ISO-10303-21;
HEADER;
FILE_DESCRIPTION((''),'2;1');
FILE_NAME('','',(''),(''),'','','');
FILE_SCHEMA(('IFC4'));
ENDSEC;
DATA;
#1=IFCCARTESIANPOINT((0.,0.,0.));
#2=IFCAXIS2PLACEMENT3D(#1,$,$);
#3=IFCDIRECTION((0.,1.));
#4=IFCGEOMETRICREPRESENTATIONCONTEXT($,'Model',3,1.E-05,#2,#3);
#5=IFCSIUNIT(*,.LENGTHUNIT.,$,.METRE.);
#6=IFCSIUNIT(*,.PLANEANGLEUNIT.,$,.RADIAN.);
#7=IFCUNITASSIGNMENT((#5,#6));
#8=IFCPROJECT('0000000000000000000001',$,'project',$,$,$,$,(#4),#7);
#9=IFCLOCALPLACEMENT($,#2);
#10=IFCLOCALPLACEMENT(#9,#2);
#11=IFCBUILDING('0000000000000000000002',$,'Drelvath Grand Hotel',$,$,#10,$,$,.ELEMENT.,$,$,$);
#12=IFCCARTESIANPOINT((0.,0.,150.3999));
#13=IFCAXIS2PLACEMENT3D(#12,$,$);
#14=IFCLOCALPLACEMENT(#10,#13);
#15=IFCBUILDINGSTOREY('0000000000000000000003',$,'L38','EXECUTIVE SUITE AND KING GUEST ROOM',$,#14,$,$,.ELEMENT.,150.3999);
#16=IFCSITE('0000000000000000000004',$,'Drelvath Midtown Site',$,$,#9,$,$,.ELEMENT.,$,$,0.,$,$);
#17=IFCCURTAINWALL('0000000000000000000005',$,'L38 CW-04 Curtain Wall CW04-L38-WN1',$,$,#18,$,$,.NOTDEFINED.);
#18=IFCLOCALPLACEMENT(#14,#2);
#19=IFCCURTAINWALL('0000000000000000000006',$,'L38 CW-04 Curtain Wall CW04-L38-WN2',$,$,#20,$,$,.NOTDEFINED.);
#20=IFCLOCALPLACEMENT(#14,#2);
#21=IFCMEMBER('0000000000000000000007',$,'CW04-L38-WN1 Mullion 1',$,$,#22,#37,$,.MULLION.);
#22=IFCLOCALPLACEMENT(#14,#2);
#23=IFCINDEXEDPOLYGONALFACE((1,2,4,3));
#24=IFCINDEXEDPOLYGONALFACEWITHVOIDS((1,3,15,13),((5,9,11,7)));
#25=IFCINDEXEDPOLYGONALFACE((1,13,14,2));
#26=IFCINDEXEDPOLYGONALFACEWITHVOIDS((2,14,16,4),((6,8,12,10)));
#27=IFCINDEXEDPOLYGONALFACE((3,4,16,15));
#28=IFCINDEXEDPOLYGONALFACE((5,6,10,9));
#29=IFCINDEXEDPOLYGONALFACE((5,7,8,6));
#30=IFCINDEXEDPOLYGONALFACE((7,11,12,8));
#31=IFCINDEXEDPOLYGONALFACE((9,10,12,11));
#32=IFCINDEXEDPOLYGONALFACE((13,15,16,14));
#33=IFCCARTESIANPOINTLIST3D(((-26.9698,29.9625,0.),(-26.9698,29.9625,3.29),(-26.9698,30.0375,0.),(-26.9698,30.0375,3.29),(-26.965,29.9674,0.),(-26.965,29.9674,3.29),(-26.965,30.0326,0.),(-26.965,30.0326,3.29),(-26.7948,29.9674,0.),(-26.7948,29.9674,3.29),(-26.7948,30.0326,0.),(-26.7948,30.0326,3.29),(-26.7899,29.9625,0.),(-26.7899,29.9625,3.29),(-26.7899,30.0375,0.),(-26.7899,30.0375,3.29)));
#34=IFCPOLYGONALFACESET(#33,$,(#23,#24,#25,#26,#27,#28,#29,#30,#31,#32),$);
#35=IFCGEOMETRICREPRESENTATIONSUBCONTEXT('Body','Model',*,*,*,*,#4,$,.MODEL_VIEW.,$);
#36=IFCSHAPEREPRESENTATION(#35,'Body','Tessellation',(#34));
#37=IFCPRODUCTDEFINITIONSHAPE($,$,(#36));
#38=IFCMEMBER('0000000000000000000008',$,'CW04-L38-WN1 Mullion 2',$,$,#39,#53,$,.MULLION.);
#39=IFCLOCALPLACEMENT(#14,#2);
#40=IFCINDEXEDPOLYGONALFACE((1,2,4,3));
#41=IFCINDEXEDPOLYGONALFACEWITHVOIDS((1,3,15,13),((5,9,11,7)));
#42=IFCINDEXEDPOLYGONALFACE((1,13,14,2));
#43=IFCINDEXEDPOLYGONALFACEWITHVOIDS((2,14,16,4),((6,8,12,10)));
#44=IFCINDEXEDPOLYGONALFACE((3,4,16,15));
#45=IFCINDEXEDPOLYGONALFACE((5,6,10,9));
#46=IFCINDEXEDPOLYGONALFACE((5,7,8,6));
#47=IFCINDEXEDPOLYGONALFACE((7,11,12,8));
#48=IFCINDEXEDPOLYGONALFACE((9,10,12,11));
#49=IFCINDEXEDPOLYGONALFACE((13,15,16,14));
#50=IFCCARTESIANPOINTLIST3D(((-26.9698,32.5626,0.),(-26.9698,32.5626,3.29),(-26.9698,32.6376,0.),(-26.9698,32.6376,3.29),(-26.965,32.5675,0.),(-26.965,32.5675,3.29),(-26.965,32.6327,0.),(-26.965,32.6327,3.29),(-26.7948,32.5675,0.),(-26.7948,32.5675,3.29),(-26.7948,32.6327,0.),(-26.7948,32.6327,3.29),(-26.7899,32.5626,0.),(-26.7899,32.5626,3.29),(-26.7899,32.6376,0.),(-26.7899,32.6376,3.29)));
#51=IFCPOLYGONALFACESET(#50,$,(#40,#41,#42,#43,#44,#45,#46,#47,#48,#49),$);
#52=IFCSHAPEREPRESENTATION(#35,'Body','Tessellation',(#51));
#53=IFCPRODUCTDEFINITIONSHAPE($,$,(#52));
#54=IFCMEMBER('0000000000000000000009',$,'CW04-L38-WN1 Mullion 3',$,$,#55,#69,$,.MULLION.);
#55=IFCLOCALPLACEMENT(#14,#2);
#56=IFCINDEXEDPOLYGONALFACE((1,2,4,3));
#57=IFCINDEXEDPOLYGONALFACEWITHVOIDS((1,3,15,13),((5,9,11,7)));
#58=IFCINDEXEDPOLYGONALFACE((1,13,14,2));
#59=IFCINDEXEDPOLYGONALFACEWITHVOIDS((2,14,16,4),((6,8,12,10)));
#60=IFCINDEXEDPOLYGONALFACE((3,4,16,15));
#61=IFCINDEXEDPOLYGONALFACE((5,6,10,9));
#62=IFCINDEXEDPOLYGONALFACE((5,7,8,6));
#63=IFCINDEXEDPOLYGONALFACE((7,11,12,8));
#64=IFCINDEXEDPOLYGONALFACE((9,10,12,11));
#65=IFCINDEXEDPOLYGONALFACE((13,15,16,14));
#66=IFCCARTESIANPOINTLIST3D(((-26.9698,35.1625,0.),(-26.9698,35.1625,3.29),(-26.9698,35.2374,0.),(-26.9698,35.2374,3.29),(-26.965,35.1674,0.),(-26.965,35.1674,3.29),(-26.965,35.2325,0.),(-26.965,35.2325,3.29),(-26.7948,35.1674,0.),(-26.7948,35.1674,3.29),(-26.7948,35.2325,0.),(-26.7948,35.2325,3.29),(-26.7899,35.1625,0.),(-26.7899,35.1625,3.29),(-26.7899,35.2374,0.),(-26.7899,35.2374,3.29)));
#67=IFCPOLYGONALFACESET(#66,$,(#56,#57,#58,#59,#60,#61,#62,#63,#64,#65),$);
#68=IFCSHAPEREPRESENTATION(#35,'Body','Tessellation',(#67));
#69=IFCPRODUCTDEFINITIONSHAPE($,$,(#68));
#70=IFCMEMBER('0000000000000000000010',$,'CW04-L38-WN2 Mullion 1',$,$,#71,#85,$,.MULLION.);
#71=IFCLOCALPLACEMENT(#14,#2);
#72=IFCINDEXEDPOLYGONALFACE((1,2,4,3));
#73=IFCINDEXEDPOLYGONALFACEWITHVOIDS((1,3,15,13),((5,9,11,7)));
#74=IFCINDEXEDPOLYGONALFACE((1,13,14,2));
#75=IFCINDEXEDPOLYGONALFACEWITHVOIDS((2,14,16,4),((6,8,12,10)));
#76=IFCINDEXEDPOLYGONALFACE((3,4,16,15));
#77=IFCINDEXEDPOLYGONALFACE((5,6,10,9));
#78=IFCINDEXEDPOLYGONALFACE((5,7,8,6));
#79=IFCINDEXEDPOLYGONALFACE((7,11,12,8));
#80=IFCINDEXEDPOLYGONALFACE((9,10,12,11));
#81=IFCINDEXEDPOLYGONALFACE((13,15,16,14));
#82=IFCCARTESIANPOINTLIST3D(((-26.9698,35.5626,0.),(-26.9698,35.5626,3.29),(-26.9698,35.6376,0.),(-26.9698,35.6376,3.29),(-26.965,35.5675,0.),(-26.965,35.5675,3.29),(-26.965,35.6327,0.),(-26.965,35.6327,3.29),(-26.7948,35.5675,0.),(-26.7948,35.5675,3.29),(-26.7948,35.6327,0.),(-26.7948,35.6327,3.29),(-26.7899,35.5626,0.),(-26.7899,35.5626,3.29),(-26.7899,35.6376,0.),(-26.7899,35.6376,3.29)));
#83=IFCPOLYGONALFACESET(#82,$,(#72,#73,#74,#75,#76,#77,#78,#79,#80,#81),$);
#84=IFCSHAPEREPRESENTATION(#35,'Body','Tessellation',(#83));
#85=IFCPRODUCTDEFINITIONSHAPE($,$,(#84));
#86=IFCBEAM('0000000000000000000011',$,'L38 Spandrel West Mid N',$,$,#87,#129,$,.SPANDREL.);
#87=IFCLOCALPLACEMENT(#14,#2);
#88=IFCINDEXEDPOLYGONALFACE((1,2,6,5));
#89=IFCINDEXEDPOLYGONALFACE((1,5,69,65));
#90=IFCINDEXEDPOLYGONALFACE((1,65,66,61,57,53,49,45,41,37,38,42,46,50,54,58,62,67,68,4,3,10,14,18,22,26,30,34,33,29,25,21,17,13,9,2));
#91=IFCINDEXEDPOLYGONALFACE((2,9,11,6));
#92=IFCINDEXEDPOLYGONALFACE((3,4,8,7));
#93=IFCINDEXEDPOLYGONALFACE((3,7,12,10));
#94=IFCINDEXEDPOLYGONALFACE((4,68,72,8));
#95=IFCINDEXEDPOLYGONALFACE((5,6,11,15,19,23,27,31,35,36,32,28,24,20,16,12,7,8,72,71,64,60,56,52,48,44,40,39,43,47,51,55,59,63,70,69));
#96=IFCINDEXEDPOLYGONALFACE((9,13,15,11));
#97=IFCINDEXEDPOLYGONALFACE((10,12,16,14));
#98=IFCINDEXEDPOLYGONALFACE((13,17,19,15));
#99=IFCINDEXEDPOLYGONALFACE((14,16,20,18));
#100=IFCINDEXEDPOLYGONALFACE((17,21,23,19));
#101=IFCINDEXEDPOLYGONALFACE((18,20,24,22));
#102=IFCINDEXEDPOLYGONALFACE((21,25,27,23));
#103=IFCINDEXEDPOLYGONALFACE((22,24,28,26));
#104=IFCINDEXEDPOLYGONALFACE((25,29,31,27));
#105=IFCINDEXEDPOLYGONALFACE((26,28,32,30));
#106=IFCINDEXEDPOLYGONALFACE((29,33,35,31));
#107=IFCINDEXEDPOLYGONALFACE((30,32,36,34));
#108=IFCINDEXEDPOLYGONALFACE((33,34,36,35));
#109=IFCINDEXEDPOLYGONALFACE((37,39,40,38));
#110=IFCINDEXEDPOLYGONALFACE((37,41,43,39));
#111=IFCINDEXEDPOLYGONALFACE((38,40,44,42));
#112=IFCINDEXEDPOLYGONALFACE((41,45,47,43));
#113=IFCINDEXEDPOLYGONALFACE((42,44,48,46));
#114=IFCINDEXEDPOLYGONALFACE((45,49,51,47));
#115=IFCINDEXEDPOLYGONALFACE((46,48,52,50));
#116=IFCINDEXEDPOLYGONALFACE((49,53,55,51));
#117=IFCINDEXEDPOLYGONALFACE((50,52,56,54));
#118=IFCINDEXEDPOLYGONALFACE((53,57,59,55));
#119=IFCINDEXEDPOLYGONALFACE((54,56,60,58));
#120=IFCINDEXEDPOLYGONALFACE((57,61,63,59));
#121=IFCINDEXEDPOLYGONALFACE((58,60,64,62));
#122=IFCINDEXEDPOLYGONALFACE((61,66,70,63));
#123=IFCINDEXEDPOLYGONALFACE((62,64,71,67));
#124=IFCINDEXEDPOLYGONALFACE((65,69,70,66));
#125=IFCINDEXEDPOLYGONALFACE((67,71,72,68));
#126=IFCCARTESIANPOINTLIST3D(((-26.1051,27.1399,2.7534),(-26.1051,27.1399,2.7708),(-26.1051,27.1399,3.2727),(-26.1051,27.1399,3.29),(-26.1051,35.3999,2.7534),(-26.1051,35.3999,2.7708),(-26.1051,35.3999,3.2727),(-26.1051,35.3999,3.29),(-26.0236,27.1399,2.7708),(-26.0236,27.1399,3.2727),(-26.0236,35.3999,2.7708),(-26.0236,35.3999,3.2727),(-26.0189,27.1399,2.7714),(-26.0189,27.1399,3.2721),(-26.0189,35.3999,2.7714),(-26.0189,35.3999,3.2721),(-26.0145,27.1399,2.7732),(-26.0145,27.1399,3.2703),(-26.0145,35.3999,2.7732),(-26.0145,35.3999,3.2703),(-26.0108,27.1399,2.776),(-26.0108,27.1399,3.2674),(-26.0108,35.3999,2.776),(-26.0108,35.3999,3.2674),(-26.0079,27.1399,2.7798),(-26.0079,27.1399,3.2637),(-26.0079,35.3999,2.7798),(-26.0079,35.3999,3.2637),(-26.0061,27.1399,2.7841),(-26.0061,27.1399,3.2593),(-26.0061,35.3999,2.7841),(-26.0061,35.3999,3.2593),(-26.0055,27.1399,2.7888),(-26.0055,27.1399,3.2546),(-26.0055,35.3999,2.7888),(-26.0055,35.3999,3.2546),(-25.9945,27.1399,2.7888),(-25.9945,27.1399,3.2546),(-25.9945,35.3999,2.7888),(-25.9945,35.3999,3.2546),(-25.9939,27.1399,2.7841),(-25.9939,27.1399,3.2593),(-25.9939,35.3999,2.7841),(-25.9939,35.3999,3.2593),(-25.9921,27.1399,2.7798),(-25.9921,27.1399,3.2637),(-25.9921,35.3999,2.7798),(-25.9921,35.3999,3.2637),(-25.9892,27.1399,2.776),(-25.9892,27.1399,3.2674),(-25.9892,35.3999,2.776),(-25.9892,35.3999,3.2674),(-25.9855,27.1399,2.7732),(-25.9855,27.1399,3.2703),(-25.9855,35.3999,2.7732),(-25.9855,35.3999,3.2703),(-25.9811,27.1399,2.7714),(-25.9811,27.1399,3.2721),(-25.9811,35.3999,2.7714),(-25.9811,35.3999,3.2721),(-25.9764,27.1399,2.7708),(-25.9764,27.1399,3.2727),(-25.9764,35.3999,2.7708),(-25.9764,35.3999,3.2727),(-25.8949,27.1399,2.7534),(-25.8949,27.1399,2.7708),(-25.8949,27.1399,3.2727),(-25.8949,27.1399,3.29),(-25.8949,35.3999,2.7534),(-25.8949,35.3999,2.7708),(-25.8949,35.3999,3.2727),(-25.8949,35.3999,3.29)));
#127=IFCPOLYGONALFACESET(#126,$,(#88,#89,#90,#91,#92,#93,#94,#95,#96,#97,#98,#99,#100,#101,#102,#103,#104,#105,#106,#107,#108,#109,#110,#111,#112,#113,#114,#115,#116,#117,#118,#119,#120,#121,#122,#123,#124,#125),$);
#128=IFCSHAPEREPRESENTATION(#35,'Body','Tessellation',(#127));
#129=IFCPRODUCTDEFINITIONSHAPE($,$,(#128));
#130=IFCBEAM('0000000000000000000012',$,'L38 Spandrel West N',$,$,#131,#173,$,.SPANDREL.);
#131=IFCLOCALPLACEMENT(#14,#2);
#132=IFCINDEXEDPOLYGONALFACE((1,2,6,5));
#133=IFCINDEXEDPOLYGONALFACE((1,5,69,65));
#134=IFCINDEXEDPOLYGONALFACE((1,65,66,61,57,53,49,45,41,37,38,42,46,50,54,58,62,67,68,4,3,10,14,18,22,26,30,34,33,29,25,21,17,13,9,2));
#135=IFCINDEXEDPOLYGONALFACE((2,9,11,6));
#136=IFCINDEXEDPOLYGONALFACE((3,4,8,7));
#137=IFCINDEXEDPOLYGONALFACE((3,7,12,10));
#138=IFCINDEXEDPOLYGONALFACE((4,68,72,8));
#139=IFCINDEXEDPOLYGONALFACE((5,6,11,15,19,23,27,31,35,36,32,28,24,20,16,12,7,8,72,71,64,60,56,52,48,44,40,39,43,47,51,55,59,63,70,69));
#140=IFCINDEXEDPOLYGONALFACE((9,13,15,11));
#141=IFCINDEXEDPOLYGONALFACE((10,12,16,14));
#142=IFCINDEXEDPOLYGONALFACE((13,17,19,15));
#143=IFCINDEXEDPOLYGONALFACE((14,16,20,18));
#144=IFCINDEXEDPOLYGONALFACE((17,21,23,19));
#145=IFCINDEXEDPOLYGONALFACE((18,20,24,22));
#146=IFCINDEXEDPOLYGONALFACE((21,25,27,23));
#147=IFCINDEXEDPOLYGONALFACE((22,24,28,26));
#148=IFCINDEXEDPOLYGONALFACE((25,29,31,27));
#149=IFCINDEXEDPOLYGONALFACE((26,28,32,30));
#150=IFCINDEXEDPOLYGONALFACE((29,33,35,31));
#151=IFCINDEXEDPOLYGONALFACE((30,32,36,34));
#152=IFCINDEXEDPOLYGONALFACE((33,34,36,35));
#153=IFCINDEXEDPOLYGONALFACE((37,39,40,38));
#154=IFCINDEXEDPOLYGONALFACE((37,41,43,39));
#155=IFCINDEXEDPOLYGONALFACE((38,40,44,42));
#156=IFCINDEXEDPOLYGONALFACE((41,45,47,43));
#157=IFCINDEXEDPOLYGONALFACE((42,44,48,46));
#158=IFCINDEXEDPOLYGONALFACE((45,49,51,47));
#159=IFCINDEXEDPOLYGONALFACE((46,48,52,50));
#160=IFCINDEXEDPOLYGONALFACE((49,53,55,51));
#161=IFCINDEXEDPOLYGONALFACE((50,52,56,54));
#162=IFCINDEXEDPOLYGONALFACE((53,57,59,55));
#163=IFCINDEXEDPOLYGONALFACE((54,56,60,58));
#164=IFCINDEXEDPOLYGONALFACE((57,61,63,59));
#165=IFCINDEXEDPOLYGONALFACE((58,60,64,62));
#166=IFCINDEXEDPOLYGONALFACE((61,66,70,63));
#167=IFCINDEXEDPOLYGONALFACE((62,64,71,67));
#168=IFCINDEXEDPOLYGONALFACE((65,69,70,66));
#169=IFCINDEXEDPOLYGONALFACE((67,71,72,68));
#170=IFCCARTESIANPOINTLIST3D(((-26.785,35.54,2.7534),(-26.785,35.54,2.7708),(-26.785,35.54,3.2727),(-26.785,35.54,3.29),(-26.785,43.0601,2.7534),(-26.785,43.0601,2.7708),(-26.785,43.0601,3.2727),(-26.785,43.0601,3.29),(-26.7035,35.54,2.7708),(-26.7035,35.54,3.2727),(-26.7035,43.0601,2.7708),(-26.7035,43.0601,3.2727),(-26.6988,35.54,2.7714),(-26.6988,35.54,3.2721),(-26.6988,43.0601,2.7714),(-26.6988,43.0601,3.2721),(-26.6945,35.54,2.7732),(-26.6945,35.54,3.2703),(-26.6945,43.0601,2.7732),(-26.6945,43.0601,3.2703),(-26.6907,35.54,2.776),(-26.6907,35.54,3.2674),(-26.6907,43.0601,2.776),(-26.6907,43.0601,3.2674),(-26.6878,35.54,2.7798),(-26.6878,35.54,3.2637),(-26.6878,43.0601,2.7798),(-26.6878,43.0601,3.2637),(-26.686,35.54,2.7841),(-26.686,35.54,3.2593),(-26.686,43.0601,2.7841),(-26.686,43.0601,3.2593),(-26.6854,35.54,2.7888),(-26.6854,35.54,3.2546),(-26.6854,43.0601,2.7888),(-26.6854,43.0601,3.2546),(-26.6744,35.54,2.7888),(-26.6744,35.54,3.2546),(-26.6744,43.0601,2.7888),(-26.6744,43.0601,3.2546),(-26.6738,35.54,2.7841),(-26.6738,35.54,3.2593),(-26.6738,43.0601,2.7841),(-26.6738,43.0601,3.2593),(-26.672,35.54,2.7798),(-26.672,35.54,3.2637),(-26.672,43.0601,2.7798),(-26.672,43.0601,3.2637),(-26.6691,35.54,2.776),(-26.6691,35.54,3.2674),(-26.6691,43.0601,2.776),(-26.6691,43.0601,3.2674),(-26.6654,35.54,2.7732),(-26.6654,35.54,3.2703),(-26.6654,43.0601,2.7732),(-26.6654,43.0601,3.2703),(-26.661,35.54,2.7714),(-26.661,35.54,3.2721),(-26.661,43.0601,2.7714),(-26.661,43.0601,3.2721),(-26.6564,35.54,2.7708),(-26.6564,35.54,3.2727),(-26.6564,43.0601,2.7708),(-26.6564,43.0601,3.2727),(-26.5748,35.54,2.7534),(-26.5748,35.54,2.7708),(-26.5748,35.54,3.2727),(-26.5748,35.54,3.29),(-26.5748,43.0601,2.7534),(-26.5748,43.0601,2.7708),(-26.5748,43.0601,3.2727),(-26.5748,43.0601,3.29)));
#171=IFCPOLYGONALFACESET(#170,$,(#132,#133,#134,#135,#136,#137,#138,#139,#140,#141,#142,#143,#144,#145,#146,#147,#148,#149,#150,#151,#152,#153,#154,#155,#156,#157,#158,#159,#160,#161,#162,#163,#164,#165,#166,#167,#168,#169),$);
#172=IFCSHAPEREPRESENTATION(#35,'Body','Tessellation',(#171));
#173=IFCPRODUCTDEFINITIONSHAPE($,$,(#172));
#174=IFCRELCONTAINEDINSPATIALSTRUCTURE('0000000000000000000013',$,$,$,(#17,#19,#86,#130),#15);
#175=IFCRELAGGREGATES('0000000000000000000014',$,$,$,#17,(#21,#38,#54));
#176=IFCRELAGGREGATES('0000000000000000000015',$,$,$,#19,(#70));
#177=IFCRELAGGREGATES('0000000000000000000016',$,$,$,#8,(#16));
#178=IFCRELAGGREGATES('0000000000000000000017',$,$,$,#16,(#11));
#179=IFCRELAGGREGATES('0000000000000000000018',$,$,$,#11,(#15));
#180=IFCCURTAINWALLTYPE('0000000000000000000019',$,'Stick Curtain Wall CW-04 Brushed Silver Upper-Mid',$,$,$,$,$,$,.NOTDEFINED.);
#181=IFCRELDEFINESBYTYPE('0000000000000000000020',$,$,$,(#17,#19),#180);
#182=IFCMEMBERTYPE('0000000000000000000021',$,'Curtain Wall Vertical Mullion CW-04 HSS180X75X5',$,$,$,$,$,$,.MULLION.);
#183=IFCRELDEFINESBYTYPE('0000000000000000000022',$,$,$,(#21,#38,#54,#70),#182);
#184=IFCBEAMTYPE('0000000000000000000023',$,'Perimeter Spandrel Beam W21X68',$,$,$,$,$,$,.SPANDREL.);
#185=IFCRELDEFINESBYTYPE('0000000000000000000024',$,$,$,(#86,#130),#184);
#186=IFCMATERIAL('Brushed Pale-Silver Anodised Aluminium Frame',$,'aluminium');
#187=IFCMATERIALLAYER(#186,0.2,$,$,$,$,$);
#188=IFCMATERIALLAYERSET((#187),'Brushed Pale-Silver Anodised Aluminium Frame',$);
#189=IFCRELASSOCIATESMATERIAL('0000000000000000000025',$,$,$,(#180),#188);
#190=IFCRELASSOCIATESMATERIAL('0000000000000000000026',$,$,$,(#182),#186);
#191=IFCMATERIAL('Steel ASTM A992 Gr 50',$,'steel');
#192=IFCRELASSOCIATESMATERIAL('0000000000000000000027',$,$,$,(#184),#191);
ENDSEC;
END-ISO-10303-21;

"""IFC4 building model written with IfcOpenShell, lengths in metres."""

from ifc_helpers import new_model, si_unit, direction, frame, origin, origin_2d, place, context, subcontext, project, spatial, hollow_rectangle, i_section, extrude, material, layer, layer_set, material_profile, profile_set, type_object, element, aggregate, save


model = new_model("IFC4")

# Units and contexts
model_context = context("Model", 3, precision=1e-05, world=origin(), true_north=direction((0.0, 1.0)))
body_context = subcontext(model_context, "Body", "Model", "MODEL_VIEW")
ifc_project = project(units=[si_unit("LENGTHUNIT", "METRE"), si_unit("PLANEANGLEUNIT", "RADIAN")], contexts=[model_context])

# Site, building, storey
site_placement = place(None, origin())
site = spatial("IfcSite", under=ifc_project, at=site_placement, Name="Drelvath Midtown Site", CompositionType="ELEMENT", RefElevation=0.0)
building_placement = place(site_placement, origin())
building = spatial("IfcBuilding", under=site, at=building_placement, Name="Drelvath Grand Hotel", CompositionType="ELEMENT")
storey_placement = place(building_placement, frame((0.0, 0.0, 150.3999)))
storey = spatial("IfcBuildingStorey", under=building, at=storey_placement, Name="L38", Description="EXECUTIVE SUITE AND KING GUEST ROOM", CompositionType="ELEMENT", Elevation=150.3999)

# Curtain walls
ifc_material_1 = material(Name="Brushed Pale-Silver Anodised Aluminium Frame", Category="aluminium")
ifc_layer_1 = layer(ifc_material_1, 0.2)
ifc_layer_set_1 = layer_set([ifc_layer_1], Name="Brushed Pale-Silver Anodised Aluminium Frame")
curtain_wall_type = type_object("IfcCurtainWallType", Name="Stick Curtain Wall CW-04 Brushed Silver Upper-Mid", PredefinedType="NOTDEFINED", material=ifc_layer_set_1)
curtain_wall_1_placement = place(storey_placement, origin())
curtain_wall_1 = element("IfcCurtainWall", 1, at=curtain_wall_1_placement, inside=storey, type_object=curtain_wall_type, Name="L38 CW-04 Curtain Wall CW04-L38-WN1", PredefinedType="NOTDEFINED")
curtain_wall_2_placement = place(storey_placement, origin())
curtain_wall_2 = element("IfcCurtainWall", 2, at=curtain_wall_2_placement, inside=storey, type_object=curtain_wall_type, Name="L38 CW-04 Curtain Wall CW04-L38-WN2", PredefinedType="NOTDEFINED")

# Members
ifc_material_profile_1 = material_profile(ifc_material_1, hollow_rectangle(XDim=0.075, YDim=0.1799, WallThickness=0.0049, at=origin_2d()), Name="HSS180X75X5")
ifc_profile_set_1 = profile_set([ifc_material_profile_1], Name="Brushed Pale-Silver Anodised Aluminium Frame")
member_type_1 = type_object("IfcMemberType", Name="Curtain Wall Vertical Mullion CW-04 HSS180X75X5", PredefinedType="MULLION", material=ifc_profile_set_1)
member_1_placement = place(storey_placement, frame((-26.8799, 30.0, 0.0), z_axis=(0.0, 0.0, 1.0), x_axis=(0.0, 1.0, 0.0)))
member_1 = element("IfcMember", 3, at=member_1_placement, type_object=member_type_1, Name="CW04-L38-WN1 Mullion 1", PredefinedType="MULLION", context=body_context, shape_type="SweptSolid", body=[
    extrude(hollow_rectangle(XDim=0.075, YDim=0.1799, WallThickness=0.0049, at=origin_2d()), origin(), (0.0, 0.0, 1.0), 3.29),
])
member_2_placement = place(storey_placement, frame((-26.8799, 32.6001, 0.0), z_axis=(0.0, 0.0, 1.0), x_axis=(0.0, 1.0, 0.0)))
member_2 = element("IfcMember", 4, at=member_2_placement, type_object=member_type_1, Name="CW04-L38-WN1 Mullion 2", PredefinedType="MULLION", context=body_context, shape_type="SweptSolid", body=[
    extrude(hollow_rectangle(XDim=0.075, YDim=0.1799, WallThickness=0.0049, at=origin_2d()), origin(), (0.0, 0.0, 1.0), 3.29),
])
member_3_placement = place(storey_placement, frame((-26.8799, 35.2, 0.0), z_axis=(0.0, 0.0, 1.0), x_axis=(0.0, 1.0, 0.0)))
member_3 = element("IfcMember", 5, at=member_3_placement, type_object=member_type_1, Name="CW04-L38-WN1 Mullion 3", PredefinedType="MULLION", context=body_context, shape_type="SweptSolid", body=[
    extrude(hollow_rectangle(XDim=0.075, YDim=0.1799, WallThickness=0.0049, at=origin_2d()), origin(), (0.0, 0.0, 1.0), 3.29),
])
member_4_placement = place(storey_placement, frame((-26.8799, 35.6001, 0.0), z_axis=(0.0, 0.0, 1.0), x_axis=(0.0, 1.0, 0.0)))
member_4 = element("IfcMember", 6, at=member_4_placement, type_object=member_type_1, Name="CW04-L38-WN2 Mullion 1", PredefinedType="MULLION", context=body_context, shape_type="SweptSolid", body=[
    extrude(hollow_rectangle(XDim=0.075, YDim=0.1799, WallThickness=0.0049, at=origin_2d()), origin(), (0.0, 0.0, 1.0), 3.29),
])

# Beams
ifc_material_2 = material(Name="Steel ASTM A992 Gr 50", Category="steel")
ifc_material_profile_2 = material_profile(ifc_material_2, i_section(OverallWidth=0.2102, OverallDepth=0.5366, WebThickness=0.011, FlangeThickness=0.0173, FilletRadius=0.0181, at=origin_2d()), Name="W21X68")
ifc_profile_set_2 = profile_set([ifc_material_profile_2], Name="Steel ASTM A992 Gr 50")
beam_type_1 = type_object("IfcBeamType", Name="Perimeter Spandrel Beam W21X68", PredefinedType="SPANDREL", material=ifc_profile_set_2)
beam_1_placement = place(storey_placement, frame((-26.0, 27.1399, 3.0217), z_axis=(0.0, 1.0, 0.0), x_axis=(-1.0, 0.0, 0.0)))
element("IfcBeam", 7, at=beam_1_placement, inside=storey, type_object=beam_type_1, Name="L38 Spandrel West Mid N", PredefinedType="SPANDREL", context=body_context, shape_type="SweptSolid", body=[
    extrude(i_section(OverallWidth=0.2102, OverallDepth=0.5366, WebThickness=0.011, FlangeThickness=0.0173, FilletRadius=0.0181, at=origin_2d()), origin(), (0.0, 0.0, 1.0), 8.26),
])
beam_2_placement = place(storey_placement, frame((-26.6799, 35.54, 3.0217), z_axis=(0.0, 1.0, 0.0), x_axis=(-1.0, 0.0, 0.0)))
element("IfcBeam", 8, at=beam_2_placement, inside=storey, type_object=beam_type_1, Name="L38 Spandrel West N", PredefinedType="SPANDREL", context=body_context, shape_type="SweptSolid", body=[
    extrude(i_section(OverallWidth=0.2102, OverallDepth=0.5366, WebThickness=0.011, FlangeThickness=0.0173, FilletRadius=0.0181, at=origin_2d()), origin(), (0.0, 0.0, 1.0), 7.52),
])

aggregate(curtain_wall_1, [member_1, member_2, member_3])
aggregate(curtain_wall_2, [member_4])

save(model, "model.ifc")
